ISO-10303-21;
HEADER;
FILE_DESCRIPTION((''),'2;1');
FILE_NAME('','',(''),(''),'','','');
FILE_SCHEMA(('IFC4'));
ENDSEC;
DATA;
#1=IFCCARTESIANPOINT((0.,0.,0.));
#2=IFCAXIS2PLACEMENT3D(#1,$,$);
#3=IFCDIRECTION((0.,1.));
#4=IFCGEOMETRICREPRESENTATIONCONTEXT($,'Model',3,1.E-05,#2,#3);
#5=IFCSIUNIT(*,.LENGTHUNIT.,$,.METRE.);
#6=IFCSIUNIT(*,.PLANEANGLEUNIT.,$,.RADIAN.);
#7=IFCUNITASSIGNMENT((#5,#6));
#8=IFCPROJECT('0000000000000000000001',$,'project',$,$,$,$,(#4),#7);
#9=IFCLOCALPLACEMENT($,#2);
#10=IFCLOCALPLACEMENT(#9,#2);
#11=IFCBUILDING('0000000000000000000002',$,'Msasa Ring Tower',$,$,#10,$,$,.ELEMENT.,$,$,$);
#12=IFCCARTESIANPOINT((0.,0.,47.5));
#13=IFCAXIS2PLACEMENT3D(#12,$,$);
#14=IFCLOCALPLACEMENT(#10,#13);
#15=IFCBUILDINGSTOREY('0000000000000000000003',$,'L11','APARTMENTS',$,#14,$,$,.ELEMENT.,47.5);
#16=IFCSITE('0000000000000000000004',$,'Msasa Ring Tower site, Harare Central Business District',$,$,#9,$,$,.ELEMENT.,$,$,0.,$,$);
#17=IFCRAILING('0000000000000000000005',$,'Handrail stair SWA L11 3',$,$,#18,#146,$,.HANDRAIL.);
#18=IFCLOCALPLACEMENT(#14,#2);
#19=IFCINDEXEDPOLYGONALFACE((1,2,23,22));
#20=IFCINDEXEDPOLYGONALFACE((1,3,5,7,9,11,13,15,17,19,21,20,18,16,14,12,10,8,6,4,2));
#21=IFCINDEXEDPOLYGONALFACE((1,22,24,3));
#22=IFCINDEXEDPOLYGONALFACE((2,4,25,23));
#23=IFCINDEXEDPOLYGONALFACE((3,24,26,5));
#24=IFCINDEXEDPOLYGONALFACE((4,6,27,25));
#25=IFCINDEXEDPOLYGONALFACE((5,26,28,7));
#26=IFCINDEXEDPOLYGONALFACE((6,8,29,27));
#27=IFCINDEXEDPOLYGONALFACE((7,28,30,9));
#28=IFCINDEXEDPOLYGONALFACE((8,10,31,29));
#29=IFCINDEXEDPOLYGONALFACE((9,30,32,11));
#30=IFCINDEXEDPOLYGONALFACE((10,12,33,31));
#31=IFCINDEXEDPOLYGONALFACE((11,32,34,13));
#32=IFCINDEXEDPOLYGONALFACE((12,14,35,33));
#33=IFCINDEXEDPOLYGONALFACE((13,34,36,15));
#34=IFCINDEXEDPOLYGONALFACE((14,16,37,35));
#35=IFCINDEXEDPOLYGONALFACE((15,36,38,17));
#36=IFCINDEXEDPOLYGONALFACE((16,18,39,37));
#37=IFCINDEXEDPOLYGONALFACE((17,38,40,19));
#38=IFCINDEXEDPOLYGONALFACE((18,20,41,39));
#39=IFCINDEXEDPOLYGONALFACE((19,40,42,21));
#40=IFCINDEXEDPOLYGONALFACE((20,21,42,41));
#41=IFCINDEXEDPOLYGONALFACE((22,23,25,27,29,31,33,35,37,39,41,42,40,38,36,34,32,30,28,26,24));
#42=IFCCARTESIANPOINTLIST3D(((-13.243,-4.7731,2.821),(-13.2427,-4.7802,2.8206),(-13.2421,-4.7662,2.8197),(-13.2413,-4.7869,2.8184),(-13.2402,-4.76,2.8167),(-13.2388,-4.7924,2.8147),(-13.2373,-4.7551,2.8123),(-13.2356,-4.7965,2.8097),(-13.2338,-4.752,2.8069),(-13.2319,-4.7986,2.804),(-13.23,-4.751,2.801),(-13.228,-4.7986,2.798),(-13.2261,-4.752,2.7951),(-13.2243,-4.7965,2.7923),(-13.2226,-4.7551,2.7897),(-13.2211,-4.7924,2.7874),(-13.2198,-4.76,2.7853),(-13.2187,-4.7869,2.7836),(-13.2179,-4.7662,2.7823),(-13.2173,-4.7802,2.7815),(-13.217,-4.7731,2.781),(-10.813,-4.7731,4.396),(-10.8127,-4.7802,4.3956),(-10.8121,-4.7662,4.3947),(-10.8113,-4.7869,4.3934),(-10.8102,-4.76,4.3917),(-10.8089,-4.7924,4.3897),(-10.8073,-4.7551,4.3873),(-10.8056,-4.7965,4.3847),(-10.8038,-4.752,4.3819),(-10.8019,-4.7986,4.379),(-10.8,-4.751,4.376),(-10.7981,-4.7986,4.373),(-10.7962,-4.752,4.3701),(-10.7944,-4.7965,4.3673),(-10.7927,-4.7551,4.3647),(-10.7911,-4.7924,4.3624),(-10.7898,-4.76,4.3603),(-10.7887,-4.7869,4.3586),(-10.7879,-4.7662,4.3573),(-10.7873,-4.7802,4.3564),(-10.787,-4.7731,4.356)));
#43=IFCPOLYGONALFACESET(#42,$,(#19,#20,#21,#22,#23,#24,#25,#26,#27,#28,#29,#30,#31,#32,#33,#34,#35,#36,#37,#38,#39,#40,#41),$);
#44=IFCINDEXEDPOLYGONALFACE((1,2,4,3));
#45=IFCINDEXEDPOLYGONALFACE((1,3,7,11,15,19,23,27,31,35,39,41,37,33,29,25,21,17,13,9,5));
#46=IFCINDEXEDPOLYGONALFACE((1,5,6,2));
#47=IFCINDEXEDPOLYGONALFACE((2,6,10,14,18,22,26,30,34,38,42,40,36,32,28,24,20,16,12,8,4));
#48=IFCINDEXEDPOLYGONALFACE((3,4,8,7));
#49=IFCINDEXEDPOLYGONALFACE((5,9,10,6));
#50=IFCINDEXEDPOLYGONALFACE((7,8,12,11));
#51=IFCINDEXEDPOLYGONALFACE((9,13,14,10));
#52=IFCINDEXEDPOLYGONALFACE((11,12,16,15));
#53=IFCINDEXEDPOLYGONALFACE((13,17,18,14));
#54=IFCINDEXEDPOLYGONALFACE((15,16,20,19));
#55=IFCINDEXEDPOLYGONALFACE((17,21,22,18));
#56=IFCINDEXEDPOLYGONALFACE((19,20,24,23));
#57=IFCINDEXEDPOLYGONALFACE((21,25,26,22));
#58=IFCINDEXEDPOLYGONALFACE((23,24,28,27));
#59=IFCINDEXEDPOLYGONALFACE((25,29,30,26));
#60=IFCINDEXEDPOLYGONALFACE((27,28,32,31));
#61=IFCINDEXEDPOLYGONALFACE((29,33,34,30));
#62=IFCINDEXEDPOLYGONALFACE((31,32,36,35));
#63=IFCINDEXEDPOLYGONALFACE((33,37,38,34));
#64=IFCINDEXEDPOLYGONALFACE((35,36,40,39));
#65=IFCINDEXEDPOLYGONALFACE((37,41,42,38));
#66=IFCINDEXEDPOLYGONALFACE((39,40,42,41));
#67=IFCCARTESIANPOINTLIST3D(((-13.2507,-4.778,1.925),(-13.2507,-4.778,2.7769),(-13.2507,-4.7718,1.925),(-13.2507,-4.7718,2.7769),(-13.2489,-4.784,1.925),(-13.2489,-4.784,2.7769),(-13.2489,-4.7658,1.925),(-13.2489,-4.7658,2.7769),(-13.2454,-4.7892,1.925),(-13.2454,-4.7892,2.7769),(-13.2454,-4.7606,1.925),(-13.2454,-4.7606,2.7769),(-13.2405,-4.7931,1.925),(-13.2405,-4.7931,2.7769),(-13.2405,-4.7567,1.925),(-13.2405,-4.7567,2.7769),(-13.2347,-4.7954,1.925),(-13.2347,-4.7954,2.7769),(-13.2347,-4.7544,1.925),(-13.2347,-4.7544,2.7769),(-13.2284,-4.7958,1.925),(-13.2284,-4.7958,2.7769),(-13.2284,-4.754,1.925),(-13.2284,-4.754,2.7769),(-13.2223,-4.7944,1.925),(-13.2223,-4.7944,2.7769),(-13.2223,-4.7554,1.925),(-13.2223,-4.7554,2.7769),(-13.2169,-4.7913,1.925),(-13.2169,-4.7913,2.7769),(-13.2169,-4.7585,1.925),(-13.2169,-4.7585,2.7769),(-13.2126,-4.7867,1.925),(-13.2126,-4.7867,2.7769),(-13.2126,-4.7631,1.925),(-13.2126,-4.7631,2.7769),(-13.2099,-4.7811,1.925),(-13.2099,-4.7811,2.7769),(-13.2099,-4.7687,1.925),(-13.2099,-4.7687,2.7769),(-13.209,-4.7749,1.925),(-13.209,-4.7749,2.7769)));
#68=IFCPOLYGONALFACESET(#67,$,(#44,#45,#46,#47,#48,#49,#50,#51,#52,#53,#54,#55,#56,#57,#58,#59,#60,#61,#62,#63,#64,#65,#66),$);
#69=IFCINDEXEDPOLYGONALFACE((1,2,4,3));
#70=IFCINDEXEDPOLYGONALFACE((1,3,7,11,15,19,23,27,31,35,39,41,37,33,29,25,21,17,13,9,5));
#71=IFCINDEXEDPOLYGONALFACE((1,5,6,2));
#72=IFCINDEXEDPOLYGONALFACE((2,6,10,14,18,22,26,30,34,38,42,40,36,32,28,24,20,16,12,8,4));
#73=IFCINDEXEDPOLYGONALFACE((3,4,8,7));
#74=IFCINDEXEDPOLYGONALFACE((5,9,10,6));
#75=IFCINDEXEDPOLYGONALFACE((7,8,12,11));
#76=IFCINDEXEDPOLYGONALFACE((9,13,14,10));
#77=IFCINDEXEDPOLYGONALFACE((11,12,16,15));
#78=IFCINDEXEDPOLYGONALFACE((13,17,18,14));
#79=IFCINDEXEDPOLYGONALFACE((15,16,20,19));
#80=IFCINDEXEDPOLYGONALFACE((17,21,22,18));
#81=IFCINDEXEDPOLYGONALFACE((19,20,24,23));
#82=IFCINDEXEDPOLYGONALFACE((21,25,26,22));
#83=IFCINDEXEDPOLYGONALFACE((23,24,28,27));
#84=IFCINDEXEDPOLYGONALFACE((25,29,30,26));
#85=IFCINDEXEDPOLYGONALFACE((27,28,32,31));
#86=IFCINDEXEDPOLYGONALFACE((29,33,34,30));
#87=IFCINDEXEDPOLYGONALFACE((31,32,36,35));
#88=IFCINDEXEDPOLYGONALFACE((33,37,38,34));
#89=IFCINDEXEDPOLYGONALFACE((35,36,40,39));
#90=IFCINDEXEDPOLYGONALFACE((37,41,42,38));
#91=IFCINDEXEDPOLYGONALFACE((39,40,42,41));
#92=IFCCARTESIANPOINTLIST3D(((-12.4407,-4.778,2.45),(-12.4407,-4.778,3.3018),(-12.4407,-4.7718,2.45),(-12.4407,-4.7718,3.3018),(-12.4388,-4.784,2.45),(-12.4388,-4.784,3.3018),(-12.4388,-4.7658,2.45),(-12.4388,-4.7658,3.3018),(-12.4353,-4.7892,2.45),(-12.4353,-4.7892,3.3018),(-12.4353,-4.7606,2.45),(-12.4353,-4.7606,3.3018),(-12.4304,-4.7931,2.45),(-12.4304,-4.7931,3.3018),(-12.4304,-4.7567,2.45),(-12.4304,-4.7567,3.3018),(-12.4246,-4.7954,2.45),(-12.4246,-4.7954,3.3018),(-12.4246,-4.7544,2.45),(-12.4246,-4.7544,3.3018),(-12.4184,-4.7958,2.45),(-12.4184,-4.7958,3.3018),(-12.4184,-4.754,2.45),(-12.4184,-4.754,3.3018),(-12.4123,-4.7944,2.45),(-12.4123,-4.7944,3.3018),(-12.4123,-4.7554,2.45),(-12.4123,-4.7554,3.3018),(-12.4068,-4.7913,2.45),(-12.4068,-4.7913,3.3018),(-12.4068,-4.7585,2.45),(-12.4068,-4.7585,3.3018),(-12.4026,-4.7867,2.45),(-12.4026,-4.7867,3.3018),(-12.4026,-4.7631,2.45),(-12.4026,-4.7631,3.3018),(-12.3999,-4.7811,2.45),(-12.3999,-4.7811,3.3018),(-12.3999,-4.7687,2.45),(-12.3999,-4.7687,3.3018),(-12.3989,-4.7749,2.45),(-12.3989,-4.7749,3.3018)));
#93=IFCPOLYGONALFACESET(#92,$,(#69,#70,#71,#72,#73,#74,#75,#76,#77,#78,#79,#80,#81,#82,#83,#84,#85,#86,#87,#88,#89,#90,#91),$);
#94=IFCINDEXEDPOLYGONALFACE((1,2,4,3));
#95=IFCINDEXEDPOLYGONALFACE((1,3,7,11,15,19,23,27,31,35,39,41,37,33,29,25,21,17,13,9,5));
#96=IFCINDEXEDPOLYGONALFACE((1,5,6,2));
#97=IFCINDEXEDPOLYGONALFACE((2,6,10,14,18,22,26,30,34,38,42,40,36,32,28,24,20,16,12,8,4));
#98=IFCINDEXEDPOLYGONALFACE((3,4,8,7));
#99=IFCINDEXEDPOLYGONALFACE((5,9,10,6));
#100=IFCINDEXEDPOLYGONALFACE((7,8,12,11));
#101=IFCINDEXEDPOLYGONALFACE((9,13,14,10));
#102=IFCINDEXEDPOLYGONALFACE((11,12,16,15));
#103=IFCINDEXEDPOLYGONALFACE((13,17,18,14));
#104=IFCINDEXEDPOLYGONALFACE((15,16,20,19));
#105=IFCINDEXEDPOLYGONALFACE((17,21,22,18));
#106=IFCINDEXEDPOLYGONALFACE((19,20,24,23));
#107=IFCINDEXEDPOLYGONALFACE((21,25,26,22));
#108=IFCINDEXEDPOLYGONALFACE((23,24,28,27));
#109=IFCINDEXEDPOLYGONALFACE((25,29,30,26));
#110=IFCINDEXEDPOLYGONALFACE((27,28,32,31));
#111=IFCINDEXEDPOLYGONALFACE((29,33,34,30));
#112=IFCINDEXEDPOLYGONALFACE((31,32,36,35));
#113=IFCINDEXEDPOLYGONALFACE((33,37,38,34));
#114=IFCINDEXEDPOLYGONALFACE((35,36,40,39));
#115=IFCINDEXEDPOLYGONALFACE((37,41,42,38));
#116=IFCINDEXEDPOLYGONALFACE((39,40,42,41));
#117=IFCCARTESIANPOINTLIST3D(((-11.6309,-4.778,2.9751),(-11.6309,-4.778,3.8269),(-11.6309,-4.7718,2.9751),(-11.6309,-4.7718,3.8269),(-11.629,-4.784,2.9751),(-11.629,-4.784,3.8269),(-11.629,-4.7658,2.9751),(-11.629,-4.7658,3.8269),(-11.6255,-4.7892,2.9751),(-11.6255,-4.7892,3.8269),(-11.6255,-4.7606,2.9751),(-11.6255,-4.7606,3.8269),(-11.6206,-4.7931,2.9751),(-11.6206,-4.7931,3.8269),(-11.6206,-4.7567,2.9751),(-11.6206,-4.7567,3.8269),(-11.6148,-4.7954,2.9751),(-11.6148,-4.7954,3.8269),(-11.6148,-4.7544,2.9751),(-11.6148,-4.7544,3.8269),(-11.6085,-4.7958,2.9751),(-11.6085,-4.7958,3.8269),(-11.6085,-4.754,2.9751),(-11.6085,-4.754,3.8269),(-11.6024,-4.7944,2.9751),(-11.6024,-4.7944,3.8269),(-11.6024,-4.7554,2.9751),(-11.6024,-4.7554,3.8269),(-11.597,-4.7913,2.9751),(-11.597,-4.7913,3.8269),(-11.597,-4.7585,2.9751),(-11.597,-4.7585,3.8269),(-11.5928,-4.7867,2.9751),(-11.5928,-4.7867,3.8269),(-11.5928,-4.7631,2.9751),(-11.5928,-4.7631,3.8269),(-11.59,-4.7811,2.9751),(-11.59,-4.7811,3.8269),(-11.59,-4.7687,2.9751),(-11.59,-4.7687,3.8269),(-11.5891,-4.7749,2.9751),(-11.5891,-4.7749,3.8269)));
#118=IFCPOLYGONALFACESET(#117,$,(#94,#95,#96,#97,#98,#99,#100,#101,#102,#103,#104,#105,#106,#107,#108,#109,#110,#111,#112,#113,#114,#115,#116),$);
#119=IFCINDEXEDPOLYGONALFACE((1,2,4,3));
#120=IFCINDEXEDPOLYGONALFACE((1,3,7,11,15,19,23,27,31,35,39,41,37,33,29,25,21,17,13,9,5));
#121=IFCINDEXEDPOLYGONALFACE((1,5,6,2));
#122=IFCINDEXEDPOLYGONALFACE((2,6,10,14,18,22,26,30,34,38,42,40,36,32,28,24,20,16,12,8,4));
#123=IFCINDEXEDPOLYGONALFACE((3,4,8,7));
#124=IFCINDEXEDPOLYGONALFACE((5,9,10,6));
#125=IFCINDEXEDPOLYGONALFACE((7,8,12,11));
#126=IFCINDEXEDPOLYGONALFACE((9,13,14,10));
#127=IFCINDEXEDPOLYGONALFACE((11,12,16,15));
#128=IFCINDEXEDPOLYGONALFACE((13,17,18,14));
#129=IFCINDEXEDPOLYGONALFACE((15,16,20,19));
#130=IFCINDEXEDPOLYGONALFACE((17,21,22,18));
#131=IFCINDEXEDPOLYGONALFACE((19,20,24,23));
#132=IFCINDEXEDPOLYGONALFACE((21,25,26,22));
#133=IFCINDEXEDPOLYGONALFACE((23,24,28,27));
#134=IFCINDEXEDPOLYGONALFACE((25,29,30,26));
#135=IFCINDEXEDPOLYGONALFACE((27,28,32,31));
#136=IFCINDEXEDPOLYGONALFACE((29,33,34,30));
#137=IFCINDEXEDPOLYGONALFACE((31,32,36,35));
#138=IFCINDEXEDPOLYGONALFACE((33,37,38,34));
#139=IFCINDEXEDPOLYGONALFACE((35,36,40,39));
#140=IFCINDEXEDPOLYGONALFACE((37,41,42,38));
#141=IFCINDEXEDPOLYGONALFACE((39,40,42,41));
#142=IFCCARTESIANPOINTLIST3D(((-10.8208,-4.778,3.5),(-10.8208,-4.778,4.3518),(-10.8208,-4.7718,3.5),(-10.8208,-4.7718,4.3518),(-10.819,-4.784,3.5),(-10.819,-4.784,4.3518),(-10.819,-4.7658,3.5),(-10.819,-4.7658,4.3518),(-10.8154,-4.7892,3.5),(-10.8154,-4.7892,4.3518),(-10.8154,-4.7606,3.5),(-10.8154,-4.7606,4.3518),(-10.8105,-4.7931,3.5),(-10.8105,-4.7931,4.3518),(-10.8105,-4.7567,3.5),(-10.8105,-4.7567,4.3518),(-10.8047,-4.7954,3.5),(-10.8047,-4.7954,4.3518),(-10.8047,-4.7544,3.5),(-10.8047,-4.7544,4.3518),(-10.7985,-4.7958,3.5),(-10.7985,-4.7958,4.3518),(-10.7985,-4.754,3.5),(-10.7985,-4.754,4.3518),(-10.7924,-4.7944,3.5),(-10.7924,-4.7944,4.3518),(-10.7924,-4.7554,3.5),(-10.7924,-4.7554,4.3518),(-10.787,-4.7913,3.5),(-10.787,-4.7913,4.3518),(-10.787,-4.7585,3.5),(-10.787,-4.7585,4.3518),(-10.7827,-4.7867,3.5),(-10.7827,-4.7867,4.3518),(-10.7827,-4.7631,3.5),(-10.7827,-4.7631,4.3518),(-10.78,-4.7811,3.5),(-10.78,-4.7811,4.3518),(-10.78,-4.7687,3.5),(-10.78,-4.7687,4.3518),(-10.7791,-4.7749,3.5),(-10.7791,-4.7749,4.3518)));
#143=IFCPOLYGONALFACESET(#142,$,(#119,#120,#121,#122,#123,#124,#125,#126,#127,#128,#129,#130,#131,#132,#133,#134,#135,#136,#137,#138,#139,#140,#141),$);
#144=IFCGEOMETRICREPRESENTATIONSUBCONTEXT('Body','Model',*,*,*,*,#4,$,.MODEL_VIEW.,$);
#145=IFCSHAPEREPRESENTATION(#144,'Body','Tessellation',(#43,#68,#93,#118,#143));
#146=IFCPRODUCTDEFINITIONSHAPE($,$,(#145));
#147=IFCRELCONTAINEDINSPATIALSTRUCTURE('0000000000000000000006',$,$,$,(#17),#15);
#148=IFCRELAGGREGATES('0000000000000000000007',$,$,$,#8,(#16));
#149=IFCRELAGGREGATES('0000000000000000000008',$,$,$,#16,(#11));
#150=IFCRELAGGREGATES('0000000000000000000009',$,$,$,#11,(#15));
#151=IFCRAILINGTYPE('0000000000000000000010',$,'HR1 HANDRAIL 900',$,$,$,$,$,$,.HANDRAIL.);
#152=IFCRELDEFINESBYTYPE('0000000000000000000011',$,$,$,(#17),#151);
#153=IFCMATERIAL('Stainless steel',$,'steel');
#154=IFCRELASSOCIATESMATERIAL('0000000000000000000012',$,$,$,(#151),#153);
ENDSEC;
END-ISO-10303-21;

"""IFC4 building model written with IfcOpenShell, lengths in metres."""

from ifc_helpers import new_model, si_unit, direction, frame, origin, origin_2d, place, context, subcontext, project, spatial, circle, extrude, material, type_object, element, save


model = new_model("IFC4")

# Units and contexts
model_context = context("Model", 3, precision=1e-05, world=origin(), true_north=direction((0.0, 1.0)))
body_context = subcontext(model_context, "Body", "Model", "MODEL_VIEW")
ifc_project = project(units=[si_unit("LENGTHUNIT", "METRE"), si_unit("PLANEANGLEUNIT", "RADIAN")], contexts=[model_context])

# Site, building, storey
site_placement = place(None, origin())
site = spatial("IfcSite", under=ifc_project, at=site_placement, Name="Msasa Ring Tower site, Harare Central Business District", CompositionType="ELEMENT", RefElevation=0.0)
building_placement = place(site_placement, origin())
building = spatial("IfcBuilding", under=site, at=building_placement, Name="Msasa Ring Tower", CompositionType="ELEMENT")
storey_placement = place(building_placement, frame((0.0, 0.0, 47.5)))
storey = spatial("IfcBuildingStorey", under=building, at=storey_placement, Name="L11", Description="APARTMENTS", CompositionType="ELEMENT", Elevation=47.5)

# Railing
ifc_material_1 = material(Name="Stainless steel", Category="steel")
railing_type = type_object("IfcRailingType", Name="HR1 HANDRAIL 900", PredefinedType="HANDRAIL", material=ifc_material_1)
for number, where, name in (
    (1, (-13.23, -4.7749, 1.925), "Handrail stair SWA L11 3"),
):
    element("IfcRailing", number, at=place(storey_placement, frame(where)), inside=storey, type_object=railing_type, Name=name, PredefinedType="HANDRAIL", context=body_context, shape_type="SweptSolid", body=[
        extrude(circle(Radius=0.0239, at=origin_2d()), frame((0.0, 0.0, 0.876), z_axis=(0.839154, 0.0, 0.543894), x_axis=(0.0, 1.0, 0.0)), (0.0, 0.0, 1.0), 2.8958),
        extrude(circle(Radius=0.021, at=origin_2d()), origin(), (0.0, 0.0, 1.0), 0.8518),
        extrude(circle(Radius=0.021, at=origin_2d()), frame((0.8101, 0.0, 0.5249)), (0.0, 0.0, 1.0), 0.8518),
        extrude(circle(Radius=0.021, at=origin_2d()), frame((1.6199, 0.0, 1.05)), (0.0, 0.0, 1.0), 0.8518),
        extrude(circle(Radius=0.021, at=origin_2d()), frame((2.4299, 0.0, 1.575)), (0.0, 0.0, 1.0), 0.8518),
    ])

save(model, "model.ifc")
